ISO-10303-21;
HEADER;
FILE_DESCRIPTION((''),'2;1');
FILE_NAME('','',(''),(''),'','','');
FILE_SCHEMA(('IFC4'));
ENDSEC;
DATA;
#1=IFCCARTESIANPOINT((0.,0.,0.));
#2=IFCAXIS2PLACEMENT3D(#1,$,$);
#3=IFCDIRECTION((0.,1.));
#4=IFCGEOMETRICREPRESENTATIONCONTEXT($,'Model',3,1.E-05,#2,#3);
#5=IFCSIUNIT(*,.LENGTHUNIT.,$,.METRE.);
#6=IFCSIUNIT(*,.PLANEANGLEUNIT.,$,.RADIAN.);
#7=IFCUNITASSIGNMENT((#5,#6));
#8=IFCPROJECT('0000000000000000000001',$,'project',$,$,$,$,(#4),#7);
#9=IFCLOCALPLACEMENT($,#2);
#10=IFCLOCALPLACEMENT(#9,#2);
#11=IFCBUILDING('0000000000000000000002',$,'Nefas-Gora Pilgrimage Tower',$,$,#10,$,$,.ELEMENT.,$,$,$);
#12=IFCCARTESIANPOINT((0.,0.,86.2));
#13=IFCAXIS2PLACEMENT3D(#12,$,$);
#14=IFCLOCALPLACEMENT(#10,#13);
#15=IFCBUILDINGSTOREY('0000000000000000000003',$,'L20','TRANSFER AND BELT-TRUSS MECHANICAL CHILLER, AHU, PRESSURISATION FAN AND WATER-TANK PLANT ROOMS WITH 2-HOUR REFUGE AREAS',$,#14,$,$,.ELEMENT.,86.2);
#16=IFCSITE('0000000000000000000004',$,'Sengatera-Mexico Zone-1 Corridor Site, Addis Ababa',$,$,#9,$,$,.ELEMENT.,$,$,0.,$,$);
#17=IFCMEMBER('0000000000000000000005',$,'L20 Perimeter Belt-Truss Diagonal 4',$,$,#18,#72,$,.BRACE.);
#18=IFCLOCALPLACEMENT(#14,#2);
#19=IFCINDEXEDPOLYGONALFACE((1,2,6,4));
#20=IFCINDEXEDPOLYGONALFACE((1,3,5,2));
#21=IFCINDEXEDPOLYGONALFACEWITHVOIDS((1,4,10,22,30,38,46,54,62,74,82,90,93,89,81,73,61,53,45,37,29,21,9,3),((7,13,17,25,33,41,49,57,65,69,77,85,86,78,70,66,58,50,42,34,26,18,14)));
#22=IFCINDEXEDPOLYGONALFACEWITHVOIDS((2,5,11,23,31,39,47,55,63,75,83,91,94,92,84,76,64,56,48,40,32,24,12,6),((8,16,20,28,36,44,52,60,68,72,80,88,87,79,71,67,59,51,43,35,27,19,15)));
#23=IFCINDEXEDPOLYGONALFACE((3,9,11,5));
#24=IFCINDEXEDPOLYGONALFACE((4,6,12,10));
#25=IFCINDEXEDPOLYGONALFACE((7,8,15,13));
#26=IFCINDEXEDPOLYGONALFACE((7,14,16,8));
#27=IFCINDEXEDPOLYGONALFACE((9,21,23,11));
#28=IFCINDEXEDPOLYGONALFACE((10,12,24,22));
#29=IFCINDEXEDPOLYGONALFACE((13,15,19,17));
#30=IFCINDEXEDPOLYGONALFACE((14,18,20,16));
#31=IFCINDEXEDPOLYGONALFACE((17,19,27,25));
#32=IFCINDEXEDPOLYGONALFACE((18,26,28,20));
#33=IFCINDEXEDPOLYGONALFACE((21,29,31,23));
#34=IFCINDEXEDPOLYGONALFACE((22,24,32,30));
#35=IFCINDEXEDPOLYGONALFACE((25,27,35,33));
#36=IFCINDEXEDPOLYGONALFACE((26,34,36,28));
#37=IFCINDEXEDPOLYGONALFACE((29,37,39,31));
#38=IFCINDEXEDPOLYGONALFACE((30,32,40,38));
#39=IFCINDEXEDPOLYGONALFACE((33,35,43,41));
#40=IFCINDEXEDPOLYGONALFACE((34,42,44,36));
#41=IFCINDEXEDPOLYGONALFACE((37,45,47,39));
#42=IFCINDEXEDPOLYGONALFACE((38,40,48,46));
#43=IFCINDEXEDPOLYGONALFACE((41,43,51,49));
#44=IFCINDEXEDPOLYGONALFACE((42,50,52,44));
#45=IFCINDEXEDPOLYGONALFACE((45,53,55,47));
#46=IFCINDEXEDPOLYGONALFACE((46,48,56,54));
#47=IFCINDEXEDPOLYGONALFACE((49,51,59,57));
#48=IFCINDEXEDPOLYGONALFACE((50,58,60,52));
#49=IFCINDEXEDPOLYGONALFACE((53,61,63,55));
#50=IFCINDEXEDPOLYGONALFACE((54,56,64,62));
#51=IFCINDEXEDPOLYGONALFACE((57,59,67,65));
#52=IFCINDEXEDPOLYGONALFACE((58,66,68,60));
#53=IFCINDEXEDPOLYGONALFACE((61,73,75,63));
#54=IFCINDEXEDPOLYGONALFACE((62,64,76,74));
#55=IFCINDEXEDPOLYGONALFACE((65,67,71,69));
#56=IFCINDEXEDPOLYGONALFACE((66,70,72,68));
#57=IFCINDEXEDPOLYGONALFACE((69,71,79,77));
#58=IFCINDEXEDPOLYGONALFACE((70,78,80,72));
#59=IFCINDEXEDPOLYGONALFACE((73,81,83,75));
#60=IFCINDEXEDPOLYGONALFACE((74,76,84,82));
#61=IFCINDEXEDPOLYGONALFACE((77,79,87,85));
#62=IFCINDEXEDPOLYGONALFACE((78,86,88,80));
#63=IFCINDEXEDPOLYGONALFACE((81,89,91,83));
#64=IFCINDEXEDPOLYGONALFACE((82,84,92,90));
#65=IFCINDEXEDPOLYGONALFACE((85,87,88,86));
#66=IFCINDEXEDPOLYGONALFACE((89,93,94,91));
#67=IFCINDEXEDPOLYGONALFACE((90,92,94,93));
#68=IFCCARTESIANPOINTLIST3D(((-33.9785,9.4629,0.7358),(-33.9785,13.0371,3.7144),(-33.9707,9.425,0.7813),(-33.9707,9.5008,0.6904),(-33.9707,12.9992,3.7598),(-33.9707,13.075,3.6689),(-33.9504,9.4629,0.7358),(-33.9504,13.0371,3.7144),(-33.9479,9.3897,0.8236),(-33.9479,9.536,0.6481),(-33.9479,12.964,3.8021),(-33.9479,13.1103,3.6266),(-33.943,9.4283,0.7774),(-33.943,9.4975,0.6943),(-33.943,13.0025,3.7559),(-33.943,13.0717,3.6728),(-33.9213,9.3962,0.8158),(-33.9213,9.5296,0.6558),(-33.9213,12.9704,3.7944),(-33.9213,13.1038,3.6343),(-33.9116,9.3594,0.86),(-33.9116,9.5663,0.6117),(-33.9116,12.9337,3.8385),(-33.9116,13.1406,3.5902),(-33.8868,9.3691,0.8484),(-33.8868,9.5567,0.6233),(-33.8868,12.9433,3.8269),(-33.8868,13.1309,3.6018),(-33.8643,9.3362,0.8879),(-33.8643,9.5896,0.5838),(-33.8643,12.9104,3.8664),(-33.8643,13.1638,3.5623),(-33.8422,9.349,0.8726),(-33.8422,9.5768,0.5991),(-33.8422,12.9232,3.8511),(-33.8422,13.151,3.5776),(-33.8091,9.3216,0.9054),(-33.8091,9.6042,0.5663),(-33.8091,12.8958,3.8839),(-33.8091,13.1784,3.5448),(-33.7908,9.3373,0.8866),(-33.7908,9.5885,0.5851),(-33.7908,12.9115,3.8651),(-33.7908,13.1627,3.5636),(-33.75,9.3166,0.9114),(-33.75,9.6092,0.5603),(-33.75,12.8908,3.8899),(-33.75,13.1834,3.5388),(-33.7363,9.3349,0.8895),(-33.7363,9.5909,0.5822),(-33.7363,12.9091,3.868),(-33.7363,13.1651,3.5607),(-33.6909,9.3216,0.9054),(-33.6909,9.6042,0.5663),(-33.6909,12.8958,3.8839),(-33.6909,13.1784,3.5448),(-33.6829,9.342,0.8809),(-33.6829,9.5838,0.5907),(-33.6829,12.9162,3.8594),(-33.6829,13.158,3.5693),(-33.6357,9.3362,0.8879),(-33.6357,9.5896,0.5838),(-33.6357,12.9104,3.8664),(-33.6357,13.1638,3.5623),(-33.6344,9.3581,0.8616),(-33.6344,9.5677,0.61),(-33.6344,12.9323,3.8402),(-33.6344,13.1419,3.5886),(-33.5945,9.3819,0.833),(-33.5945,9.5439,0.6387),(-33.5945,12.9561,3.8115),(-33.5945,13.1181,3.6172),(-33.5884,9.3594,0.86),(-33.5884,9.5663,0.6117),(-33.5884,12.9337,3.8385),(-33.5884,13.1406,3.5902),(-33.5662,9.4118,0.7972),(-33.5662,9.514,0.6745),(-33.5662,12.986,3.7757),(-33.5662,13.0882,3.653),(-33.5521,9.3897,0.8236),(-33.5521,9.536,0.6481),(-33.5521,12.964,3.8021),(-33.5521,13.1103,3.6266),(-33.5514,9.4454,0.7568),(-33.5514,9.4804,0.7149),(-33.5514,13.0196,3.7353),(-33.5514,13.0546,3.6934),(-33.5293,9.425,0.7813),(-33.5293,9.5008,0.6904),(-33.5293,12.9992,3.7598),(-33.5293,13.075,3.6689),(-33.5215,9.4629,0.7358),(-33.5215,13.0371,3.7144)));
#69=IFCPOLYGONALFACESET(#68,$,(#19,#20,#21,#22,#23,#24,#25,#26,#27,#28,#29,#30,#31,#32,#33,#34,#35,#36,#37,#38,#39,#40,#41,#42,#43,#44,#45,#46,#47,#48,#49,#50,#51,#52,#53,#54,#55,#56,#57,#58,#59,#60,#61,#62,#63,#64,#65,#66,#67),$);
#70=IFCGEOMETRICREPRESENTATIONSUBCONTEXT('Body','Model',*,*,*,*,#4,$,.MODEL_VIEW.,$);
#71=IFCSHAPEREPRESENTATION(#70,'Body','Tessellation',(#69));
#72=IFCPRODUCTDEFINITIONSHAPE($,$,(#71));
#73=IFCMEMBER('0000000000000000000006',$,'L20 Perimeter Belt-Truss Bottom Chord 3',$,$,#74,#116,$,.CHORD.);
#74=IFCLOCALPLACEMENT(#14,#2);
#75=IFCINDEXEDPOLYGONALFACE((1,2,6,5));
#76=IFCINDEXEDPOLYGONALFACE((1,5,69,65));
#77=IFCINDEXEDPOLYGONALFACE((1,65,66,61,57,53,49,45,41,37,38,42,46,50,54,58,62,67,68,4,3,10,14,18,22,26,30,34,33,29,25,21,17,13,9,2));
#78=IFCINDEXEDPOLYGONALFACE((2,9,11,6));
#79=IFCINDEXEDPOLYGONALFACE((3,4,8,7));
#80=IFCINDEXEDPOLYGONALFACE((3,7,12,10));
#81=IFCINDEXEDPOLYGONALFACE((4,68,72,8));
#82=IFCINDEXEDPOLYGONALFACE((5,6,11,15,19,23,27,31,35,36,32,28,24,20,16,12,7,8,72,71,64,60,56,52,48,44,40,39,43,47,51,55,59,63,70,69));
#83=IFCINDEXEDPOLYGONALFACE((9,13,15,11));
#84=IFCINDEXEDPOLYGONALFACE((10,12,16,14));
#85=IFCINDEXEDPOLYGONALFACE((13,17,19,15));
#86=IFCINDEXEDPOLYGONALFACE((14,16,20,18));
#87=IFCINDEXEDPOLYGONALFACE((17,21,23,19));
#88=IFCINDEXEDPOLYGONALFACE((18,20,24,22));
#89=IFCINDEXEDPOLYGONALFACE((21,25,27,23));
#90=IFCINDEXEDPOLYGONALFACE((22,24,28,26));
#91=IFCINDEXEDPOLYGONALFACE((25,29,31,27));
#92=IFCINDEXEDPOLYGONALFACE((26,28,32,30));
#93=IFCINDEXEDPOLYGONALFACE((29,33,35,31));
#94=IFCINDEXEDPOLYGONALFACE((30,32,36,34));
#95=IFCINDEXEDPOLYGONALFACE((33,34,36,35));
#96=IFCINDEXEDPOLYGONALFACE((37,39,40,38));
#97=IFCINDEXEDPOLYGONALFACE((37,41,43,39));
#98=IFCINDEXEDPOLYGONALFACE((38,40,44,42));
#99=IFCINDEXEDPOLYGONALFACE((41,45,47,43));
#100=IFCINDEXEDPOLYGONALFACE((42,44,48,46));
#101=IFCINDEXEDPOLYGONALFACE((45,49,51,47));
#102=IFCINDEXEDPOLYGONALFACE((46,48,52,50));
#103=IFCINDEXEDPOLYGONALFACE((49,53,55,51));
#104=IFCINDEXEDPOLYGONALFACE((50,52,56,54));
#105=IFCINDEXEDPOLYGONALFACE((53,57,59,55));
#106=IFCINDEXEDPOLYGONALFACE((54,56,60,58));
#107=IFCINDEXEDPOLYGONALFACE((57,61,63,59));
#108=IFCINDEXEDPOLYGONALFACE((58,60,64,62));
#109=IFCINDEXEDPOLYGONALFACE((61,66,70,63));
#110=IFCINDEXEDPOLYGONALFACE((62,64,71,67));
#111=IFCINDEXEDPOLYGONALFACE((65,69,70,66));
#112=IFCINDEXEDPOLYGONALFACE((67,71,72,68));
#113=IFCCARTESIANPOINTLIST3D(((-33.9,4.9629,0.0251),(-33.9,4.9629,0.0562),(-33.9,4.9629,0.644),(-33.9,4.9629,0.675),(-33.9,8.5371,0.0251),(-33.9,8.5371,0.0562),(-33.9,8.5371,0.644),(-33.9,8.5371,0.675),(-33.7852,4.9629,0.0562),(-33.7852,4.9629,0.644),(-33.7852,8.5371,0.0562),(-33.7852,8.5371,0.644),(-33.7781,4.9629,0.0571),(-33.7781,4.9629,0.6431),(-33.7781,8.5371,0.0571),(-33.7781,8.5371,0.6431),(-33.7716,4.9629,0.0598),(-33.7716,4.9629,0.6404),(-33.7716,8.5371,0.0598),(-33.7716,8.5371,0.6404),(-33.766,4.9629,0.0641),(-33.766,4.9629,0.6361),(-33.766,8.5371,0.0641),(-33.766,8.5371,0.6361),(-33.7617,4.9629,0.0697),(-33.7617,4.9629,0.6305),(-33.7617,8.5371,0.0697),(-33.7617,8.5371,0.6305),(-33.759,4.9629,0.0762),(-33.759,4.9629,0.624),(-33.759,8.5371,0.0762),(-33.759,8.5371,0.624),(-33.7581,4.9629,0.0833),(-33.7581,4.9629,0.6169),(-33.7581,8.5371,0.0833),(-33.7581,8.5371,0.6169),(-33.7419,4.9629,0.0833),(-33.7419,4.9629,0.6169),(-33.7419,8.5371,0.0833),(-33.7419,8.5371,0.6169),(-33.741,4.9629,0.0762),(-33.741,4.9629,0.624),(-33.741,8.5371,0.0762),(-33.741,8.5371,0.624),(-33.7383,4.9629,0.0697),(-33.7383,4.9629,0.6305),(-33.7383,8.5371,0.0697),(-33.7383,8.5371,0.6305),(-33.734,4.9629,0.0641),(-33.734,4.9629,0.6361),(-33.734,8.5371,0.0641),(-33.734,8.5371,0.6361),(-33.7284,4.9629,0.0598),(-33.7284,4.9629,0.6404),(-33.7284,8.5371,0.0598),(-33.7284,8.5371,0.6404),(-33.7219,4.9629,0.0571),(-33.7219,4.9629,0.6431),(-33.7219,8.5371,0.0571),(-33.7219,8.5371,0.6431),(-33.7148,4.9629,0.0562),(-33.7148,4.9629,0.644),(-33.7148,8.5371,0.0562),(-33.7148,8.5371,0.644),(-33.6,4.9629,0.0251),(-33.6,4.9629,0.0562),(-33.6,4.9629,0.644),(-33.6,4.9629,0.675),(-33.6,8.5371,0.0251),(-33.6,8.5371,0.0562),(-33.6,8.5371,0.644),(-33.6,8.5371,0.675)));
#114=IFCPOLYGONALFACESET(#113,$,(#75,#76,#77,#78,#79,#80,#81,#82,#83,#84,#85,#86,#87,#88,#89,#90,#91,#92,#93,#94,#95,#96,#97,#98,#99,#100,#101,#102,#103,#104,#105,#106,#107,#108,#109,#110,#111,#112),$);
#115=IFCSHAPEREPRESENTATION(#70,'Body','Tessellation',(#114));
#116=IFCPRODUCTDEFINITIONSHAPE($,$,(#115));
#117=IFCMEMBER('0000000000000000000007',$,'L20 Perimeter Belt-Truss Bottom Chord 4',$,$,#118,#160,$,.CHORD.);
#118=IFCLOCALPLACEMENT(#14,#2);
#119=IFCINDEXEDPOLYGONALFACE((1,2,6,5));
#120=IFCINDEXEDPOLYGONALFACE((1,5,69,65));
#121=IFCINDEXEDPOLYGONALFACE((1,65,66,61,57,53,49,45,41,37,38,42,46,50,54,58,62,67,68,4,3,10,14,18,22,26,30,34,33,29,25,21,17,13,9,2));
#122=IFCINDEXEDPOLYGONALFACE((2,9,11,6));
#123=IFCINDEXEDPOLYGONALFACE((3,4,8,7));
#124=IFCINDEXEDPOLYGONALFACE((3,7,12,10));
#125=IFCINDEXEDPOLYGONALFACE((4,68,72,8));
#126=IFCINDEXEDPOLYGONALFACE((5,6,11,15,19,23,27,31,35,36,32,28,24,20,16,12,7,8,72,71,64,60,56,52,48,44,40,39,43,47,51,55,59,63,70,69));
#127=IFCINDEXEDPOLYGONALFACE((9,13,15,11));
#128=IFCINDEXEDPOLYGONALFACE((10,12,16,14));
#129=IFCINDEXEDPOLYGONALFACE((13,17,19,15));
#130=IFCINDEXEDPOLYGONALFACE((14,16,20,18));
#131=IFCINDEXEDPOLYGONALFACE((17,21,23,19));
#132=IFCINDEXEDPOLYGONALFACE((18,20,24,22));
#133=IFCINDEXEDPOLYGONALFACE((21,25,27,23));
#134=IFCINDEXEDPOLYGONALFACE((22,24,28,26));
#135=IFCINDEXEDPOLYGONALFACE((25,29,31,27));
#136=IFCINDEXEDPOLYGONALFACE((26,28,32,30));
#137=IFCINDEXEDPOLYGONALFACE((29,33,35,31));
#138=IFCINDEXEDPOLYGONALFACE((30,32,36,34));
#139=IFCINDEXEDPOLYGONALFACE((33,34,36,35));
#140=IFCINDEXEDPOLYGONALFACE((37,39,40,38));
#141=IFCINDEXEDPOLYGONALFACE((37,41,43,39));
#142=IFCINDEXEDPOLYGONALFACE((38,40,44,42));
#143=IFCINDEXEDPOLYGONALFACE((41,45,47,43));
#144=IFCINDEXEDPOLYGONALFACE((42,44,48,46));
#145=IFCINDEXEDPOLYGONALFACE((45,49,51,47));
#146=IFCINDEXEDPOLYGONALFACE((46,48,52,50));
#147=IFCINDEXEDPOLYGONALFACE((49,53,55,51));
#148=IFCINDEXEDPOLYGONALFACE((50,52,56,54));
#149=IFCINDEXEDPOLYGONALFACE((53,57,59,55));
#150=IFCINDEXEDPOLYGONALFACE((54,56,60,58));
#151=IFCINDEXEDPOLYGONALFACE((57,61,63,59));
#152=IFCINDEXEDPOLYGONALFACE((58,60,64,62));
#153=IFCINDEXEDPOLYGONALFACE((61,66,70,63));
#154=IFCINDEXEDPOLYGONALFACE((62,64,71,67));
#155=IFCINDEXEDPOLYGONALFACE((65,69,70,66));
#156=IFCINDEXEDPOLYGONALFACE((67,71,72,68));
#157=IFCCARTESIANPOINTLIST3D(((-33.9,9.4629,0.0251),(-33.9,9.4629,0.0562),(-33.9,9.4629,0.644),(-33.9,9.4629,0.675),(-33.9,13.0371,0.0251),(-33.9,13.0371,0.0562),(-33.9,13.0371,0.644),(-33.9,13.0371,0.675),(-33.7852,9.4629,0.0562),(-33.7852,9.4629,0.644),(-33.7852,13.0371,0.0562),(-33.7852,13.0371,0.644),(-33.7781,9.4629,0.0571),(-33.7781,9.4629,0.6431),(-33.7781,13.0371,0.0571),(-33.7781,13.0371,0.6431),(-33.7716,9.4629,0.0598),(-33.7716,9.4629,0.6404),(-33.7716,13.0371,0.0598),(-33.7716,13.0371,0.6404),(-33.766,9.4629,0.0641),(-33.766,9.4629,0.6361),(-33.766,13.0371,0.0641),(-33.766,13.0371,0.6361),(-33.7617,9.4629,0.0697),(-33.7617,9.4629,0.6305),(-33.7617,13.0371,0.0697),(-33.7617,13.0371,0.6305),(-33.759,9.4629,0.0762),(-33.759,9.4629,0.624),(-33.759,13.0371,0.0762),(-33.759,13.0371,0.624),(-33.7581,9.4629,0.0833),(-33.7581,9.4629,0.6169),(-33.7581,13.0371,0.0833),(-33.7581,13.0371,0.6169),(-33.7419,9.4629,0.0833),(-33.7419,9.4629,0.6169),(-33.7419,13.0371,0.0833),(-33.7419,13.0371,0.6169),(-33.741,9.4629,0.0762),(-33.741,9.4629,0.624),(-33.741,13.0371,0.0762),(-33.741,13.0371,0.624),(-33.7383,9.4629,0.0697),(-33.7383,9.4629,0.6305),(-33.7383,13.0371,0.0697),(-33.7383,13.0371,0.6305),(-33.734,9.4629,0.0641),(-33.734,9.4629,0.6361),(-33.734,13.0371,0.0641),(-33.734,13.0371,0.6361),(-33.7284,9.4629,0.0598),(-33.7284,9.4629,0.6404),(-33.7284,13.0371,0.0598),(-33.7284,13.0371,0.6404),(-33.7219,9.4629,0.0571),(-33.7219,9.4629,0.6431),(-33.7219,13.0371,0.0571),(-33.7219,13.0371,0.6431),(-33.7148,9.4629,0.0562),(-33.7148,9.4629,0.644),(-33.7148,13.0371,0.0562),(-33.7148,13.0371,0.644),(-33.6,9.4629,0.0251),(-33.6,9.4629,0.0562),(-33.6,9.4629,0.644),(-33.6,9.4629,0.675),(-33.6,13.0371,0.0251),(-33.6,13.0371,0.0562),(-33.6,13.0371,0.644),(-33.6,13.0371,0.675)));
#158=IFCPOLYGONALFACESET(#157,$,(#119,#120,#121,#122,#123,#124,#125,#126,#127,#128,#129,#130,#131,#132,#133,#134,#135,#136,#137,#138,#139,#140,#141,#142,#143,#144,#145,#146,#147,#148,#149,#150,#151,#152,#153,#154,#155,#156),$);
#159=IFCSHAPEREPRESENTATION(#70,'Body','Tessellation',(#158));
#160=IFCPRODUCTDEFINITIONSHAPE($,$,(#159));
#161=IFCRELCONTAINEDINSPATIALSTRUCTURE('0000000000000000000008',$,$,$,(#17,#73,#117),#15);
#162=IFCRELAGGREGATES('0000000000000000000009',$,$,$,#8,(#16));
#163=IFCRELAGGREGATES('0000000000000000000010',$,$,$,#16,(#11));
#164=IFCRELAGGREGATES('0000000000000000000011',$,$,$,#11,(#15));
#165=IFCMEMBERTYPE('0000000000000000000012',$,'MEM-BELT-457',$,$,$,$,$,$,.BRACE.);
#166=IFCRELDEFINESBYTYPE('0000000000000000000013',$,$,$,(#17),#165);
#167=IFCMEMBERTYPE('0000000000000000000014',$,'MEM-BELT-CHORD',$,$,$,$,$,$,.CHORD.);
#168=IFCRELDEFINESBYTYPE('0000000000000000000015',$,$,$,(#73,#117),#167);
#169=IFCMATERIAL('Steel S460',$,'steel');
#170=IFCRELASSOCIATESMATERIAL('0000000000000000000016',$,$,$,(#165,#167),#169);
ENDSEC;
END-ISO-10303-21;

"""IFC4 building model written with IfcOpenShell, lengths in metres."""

from ifc_helpers import new_model, si_unit, direction, frame, origin, origin_2d, place, context, subcontext, project, spatial, hollow_circle, i_section, extrude, source, transform, mapped, material, material_profile, profile_set, type_object, element, save


model = new_model("IFC4")

# Units and contexts
model_context = context("Model", 3, precision=1e-05, world=origin(), true_north=direction((0.0, 1.0)))
body_context = subcontext(model_context, "Body", "Model", "MODEL_VIEW")
ifc_project = project(units=[si_unit("LENGTHUNIT", "METRE"), si_unit("PLANEANGLEUNIT", "RADIAN")], contexts=[model_context])

# Site, building, storey
site_placement = place(None, origin())
site = spatial("IfcSite", under=ifc_project, at=site_placement, Name="Sengatera-Mexico Zone-1 Corridor Site, Addis Ababa", CompositionType="ELEMENT", RefElevation=0.0)
building_placement = place(site_placement, origin())
building = spatial("IfcBuilding", under=site, at=building_placement, Name="Nefas-Gora Pilgrimage Tower", CompositionType="ELEMENT")
storey_placement = place(building_placement, frame((0.0, 0.0, 86.2)))
storey = spatial("IfcBuildingStorey", under=building, at=storey_placement, Name="L20", Description="TRANSFER AND BELT-TRUSS MECHANICAL CHILLER, AHU, PRESSURISATION FAN AND WATER-TANK PLANT ROOMS WITH 2-HOUR REFUGE AREAS", CompositionType="ELEMENT", Elevation=86.2)

# Shared definitions
ifc_material_1 = material(Name="Steel S460", Category="steel")

# Members
ifc_material_profile_1 = material_profile(ifc_material_1, hollow_circle(Radius=0.2285, WallThickness=0.0281, at=origin_2d()), Name="CHS 457x28")
ifc_profile_set_1 = profile_set([ifc_material_profile_1], Name="Steel S460")
member_type_1 = type_object("IfcMemberType", Name="MEM-BELT-457", PredefinedType="BRACE", material=ifc_profile_set_1)
shared_shape_1 = source(origin(), body_context, "Body", "SweptSolid", [
    extrude(hollow_circle(Radius=0.2285, WallThickness=0.0281, at=origin_2d()), origin(), (0.0, 0.0, 1.0), 4.6526),
])
for number, where, z_axis, x_axis, name in (
    (1, (-33.75, 9.4629, 0.7358), (0.0, 0.768221, 0.640184), (-1.0, 0.0, 0.0), "L20 Perimeter Belt-Truss Diagonal 4"),
):
    element("IfcMember", number, at=place(storey_placement, frame(where, z_axis=z_axis, x_axis=x_axis)), inside=storey, type_object=member_type_1, Name=name, PredefinedType="BRACE", context=body_context, shape_type="MappedRepresentation", body=[
        mapped(shared_shape_1, transform((0.0, 0.0, 0.0), x_axis=(1.0, 0.0, 0.0), y_axis=(0.0, 1.0, 0.0), z_axis=(0.0, 0.0, 1.0), scale=1.0)),
    ])
ifc_material_profile_2 = material_profile(ifc_material_1, i_section(OverallWidth=0.3, OverallDepth=0.6499, WebThickness=0.0161, FlangeThickness=0.031, FilletRadius=0.0271, at=origin_2d()), Name="HEB 650")
ifc_profile_set_2 = profile_set([ifc_material_profile_2], Name="Steel S460")
member_type_2 = type_object("IfcMemberType", Name="MEM-BELT-CHORD", PredefinedType="CHORD", material=ifc_profile_set_2)
shared_shape_2 = source(origin(), body_context, "Body", "SweptSolid", [
    extrude(i_section(OverallWidth=0.3, OverallDepth=0.6499, WebThickness=0.0161, FlangeThickness=0.031, FilletRadius=0.0271, at=origin_2d()), origin(), (0.0, 0.0, 1.0), 3.5742),
])
for number, where, z_axis, x_axis, name in (
    (2, (-33.75, 4.9629, 0.3501), (0.0, 1.0, 0.0), (-1.0, 0.0, 0.0), "L20 Perimeter Belt-Truss Bottom Chord 3"),
    (3, (-33.75, 9.4629, 0.3501), (0.0, 1.0, 0.0), (-1.0, 0.0, 0.0), "L20 Perimeter Belt-Truss Bottom Chord 4"),
):
    element("IfcMember", number, at=place(storey_placement, frame(where, z_axis=z_axis, x_axis=x_axis)), inside=storey, type_object=member_type_2, Name=name, PredefinedType="CHORD", context=body_context, shape_type="MappedRepresentation", body=[
        mapped(shared_shape_2, transform((0.0, 0.0, 0.0), x_axis=(1.0, 0.0, 0.0), y_axis=(0.0, 1.0, 0.0), z_axis=(0.0, 0.0, 1.0), scale=1.0)),
    ])

save(model, "model.ifc")
